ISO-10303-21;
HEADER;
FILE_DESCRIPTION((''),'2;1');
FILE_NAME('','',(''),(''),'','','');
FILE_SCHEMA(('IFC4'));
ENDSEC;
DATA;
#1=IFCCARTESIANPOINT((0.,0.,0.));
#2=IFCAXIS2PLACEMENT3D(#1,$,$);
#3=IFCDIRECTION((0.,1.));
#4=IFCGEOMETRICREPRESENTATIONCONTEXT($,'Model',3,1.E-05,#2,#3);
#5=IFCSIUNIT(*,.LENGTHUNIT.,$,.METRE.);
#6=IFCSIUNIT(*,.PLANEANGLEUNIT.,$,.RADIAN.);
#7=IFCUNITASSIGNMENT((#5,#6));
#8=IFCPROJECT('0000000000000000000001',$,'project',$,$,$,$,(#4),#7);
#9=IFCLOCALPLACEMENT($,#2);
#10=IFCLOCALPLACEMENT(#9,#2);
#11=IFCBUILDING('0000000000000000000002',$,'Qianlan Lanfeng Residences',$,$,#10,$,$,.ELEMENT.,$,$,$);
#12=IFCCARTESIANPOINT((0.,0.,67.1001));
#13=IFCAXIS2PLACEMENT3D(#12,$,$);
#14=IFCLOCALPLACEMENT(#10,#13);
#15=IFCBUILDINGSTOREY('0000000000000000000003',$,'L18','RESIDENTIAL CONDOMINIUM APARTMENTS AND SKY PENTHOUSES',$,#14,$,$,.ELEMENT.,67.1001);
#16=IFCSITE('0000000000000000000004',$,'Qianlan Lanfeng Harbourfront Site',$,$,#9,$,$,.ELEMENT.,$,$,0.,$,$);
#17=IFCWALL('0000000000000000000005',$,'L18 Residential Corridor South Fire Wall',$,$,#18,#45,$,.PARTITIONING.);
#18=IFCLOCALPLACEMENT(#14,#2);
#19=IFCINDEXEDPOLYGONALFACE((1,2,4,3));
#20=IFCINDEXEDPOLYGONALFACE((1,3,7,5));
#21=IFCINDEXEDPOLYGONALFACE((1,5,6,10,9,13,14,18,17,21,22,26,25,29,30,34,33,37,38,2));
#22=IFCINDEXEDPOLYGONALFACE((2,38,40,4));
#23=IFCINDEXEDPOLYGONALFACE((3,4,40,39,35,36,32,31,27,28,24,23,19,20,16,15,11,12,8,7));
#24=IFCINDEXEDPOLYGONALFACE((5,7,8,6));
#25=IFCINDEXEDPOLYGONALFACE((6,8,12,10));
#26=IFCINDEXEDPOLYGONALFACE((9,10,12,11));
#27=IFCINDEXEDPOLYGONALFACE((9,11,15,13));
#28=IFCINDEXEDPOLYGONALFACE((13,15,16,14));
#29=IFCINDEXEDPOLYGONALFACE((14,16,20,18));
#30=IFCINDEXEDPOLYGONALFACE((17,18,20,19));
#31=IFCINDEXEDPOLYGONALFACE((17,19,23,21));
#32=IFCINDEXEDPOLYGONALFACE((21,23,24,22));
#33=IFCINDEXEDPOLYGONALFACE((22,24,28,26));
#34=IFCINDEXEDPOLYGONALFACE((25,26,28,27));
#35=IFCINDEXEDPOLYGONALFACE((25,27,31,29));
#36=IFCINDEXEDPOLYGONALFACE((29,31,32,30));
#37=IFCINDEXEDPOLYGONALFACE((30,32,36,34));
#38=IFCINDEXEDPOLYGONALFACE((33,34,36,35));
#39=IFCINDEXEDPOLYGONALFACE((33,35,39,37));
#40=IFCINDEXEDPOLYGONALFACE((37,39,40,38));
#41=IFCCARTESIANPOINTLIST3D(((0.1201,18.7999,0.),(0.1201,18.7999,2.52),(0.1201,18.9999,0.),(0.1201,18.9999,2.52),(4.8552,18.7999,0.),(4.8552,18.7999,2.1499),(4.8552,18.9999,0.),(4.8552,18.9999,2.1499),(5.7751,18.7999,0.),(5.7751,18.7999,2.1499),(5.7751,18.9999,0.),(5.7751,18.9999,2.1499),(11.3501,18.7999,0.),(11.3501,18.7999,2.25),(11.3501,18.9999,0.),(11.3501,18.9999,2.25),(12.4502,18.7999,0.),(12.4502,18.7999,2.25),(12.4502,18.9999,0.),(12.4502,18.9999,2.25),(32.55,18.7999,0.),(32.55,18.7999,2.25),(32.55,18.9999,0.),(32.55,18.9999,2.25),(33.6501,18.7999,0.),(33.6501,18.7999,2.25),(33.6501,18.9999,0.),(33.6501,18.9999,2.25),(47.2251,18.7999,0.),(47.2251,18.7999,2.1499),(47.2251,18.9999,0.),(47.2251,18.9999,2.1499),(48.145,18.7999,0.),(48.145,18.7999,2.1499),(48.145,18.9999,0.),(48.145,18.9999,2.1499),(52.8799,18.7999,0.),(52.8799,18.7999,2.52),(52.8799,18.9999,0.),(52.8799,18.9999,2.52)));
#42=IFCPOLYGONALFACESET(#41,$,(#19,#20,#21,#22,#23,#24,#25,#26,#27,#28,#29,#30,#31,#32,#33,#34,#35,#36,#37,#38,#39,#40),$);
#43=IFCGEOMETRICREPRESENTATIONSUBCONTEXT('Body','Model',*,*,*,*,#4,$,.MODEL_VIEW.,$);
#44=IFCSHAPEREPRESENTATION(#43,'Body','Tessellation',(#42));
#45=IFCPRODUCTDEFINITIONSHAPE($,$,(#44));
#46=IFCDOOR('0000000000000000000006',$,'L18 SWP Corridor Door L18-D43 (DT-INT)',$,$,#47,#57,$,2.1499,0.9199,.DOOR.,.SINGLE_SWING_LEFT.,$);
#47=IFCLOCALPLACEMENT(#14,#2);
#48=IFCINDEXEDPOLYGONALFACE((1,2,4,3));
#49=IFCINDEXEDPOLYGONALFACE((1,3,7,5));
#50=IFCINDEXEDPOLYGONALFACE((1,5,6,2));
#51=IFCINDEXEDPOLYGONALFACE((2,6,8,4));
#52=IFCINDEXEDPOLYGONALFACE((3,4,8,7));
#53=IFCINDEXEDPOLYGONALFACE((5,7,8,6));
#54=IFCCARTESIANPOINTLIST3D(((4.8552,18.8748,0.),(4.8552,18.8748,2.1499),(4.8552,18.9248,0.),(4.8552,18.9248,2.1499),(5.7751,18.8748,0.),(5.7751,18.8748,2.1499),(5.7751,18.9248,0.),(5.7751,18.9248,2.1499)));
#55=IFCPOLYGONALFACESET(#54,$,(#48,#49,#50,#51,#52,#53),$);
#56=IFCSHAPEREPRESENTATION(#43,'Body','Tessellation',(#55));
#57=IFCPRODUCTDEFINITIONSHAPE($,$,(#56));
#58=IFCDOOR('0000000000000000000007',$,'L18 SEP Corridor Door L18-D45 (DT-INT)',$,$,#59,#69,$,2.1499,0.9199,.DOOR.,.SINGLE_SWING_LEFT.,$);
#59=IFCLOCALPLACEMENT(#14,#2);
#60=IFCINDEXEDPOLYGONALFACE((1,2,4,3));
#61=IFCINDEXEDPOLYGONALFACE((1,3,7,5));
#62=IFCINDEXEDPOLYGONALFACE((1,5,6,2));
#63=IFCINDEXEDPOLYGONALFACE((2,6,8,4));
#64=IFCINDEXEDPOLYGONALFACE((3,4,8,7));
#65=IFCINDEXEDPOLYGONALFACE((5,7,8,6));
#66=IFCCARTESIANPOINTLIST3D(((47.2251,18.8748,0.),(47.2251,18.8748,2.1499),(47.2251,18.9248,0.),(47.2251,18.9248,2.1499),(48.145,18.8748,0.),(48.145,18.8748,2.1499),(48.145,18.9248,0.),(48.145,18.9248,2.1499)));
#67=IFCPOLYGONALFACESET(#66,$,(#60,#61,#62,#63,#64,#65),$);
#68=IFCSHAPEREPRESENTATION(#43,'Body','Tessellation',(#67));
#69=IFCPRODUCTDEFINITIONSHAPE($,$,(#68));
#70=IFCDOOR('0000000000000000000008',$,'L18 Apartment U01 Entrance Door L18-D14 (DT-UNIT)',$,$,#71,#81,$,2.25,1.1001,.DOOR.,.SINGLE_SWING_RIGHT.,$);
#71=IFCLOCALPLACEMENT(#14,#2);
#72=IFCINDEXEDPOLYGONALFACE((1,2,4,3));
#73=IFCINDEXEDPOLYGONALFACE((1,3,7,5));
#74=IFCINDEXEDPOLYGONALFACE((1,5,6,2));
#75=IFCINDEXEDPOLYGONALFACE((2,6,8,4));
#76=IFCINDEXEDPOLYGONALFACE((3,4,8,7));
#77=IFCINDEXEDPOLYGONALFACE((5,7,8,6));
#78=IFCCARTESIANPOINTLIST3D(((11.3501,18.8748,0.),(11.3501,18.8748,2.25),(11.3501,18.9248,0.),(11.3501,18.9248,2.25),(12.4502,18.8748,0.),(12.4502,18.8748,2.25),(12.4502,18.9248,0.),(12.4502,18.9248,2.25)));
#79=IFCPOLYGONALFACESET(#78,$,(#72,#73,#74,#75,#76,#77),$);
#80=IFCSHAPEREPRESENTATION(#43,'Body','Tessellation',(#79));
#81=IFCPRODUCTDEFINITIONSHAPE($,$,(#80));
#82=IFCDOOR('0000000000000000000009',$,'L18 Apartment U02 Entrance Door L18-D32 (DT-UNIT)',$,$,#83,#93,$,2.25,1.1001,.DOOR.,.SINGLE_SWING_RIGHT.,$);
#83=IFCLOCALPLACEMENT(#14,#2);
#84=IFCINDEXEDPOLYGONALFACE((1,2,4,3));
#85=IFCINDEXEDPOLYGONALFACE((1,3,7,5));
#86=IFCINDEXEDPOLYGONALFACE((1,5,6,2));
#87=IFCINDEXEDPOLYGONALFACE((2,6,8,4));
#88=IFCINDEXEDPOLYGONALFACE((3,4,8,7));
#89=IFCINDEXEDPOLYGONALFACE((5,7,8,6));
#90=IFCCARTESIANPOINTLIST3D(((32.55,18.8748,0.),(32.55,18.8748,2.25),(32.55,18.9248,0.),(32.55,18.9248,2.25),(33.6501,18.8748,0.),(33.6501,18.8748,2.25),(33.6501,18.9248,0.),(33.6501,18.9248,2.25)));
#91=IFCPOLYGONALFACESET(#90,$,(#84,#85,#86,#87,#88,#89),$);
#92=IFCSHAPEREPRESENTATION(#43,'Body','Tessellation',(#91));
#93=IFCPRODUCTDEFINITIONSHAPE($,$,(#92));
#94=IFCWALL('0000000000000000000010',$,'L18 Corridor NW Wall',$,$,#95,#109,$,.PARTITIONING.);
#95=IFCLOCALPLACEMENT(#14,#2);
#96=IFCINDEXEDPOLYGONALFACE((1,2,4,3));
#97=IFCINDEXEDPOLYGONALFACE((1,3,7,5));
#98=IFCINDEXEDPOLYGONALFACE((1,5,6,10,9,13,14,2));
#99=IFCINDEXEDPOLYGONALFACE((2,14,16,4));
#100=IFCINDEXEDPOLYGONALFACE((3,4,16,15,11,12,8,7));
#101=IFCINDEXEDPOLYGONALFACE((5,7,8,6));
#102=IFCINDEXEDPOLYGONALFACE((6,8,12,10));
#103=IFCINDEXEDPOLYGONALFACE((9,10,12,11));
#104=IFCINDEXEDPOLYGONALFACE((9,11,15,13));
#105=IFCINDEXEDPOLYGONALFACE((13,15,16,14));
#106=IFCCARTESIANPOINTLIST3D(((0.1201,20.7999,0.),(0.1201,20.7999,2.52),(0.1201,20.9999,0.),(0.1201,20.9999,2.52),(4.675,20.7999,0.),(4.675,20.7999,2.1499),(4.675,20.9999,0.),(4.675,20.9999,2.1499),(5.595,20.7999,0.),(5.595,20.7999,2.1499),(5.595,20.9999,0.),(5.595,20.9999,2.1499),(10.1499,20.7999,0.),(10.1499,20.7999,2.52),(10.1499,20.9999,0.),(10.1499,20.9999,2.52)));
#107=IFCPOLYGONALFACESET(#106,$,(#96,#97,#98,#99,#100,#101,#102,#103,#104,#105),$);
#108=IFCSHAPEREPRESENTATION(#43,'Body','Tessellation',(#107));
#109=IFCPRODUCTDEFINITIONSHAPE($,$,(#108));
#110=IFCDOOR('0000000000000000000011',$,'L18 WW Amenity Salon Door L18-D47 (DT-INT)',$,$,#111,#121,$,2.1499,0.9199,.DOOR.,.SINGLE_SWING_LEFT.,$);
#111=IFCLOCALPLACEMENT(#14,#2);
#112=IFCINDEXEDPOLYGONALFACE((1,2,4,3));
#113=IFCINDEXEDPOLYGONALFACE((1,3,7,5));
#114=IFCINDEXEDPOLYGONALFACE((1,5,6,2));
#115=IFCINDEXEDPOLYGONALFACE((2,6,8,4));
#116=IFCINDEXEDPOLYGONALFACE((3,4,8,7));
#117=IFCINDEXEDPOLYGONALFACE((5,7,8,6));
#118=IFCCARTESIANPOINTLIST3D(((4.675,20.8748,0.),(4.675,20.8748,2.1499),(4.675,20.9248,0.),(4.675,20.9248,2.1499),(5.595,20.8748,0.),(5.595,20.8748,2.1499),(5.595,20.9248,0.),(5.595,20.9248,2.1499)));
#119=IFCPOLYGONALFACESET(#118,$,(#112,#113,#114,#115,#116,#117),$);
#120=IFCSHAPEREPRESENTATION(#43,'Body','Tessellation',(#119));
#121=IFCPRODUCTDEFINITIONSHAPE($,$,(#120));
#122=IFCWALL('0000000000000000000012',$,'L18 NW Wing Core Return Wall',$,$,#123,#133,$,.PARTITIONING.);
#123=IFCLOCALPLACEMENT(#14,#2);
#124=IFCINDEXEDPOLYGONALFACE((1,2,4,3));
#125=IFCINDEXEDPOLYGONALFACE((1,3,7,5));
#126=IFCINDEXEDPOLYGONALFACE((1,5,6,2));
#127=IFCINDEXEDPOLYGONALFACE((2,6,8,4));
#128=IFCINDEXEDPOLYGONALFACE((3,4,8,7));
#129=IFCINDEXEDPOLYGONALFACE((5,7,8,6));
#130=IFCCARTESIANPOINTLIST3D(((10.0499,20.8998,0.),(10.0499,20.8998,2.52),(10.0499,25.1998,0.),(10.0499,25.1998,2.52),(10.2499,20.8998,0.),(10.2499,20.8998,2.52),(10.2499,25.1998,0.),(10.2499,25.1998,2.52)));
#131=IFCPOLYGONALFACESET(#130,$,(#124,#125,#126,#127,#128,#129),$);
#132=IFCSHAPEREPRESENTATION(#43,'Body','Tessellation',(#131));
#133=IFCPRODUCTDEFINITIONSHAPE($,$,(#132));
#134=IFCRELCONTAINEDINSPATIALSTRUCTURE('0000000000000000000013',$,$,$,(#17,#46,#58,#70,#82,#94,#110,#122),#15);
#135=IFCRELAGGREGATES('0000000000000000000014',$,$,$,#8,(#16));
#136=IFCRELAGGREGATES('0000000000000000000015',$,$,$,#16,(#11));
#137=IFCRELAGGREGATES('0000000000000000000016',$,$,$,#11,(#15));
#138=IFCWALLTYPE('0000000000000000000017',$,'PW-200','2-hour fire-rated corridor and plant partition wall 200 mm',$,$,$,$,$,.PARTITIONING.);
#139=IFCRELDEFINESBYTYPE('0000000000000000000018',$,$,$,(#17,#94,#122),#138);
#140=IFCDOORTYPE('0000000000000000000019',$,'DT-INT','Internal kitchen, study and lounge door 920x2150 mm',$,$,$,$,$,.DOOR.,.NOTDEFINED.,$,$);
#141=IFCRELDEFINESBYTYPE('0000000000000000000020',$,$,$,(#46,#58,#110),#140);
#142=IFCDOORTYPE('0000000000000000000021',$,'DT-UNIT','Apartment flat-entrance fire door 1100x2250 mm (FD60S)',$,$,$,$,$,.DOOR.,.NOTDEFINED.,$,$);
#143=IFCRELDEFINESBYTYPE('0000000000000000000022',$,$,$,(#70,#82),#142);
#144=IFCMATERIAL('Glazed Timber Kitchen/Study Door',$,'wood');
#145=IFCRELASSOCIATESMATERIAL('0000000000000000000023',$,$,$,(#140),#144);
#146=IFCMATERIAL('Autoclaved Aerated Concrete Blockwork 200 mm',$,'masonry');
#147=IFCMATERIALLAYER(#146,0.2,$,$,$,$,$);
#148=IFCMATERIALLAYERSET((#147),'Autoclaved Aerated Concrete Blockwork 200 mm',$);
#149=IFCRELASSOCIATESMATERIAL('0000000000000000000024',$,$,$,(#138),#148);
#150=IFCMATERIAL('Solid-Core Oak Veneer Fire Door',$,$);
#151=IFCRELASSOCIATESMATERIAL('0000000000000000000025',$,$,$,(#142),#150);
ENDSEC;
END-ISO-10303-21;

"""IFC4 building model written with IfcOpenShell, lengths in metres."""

from ifc_helpers import new_model, si_unit, direction, frame, frame_2d, origin, place, context, subcontext, project, spatial, rectangle, extrude, material, layer, layer_set, type_object, element, fill, save


model = new_model("IFC4")

# Units and contexts
model_context = context("Model", 3, precision=1e-05, world=origin(), true_north=direction((0.0, 1.0)))
body_context = subcontext(model_context, "Body", "Model", "MODEL_VIEW")
ifc_project = project(units=[si_unit("LENGTHUNIT", "METRE"), si_unit("PLANEANGLEUNIT", "RADIAN")], contexts=[model_context])

# Site, building, storey
site_placement = place(None, origin())
site = spatial("IfcSite", under=ifc_project, at=site_placement, Name="Qianlan Lanfeng Harbourfront Site", CompositionType="ELEMENT", RefElevation=0.0)
building_placement = place(site_placement, origin())
building = spatial("IfcBuilding", under=site, at=building_placement, Name="Qianlan Lanfeng Residences", CompositionType="ELEMENT")
storey_placement = place(building_placement, frame((0.0, 0.0, 67.1001)))
storey = spatial("IfcBuildingStorey", under=building, at=storey_placement, Name="L18", Description="RESIDENTIAL CONDOMINIUM APARTMENTS AND SKY PENTHOUSES", CompositionType="ELEMENT", Elevation=67.1001)

# Shared definitions
ifc_material_1 = material(Name="Glazed Timber Kitchen/Study Door", Category="wood")
door_type_1 = type_object("IfcDoorType", Name="DT-INT", Description="Internal kitchen, study and lounge door 920x2150 mm", OperationType="NOTDEFINED", PredefinedType="DOOR", material=ifc_material_1)

# Wall, openings, doors
ifc_material_2 = material(Name="Autoclaved Aerated Concrete Blockwork 200 mm", Category="masonry")
ifc_layer_1 = layer(ifc_material_2, 0.2)
ifc_layer_set_1 = layer_set([ifc_layer_1], Name="Autoclaved Aerated Concrete Blockwork 200 mm")
wall_type_1 = type_object("IfcWallType", Name="PW-200", Description="2-hour fire-rated corridor and plant partition wall 200 mm", PredefinedType="PARTITIONING", material=ifc_layer_set_1)
wall_1_placement = place(storey_placement, frame((0.1201, 18.8999, 0.0), z_axis=(0.0, 0.0, 1.0), x_axis=(1.0, 0.0, 0.0)))
wall_1 = element("IfcWall", 1, at=wall_1_placement, inside=storey, type_object=wall_type_1, Name="L18 Residential Corridor South Fire Wall", PredefinedType="PARTITIONING", context=body_context, shape_type="SweptSolid", body=[
    extrude(rectangle(XDim=52.7598, YDim=0.2, at=frame_2d((26.3799, 0.0))), origin(), (0.0, 0.0, 1.0), 2.52),
])
opening_1_placement = place(wall_1_placement, frame((11.23, 0.0, 0.0)))
opening_1 = element("IfcOpeningElement", 2, at=opening_1_placement, cuts=wall_1, PredefinedType="OPENING", context=body_context, shape_type="SweptSolid", body=[
    extrude(rectangle(XDim=1.1001, YDim=2.25, at=frame_2d((0.55, 1.125))), frame((0.0, 0.1099, 0.0), z_axis=(0.0, -1.0, 0.0), x_axis=(1.0, 0.0, 0.0)), (0.0, 0.0, 1.0), 0.22),
])
opening_2_placement = place(wall_1_placement, frame((32.4299, 0.0, 0.0)))
opening_2 = element("IfcOpeningElement", 3, at=opening_2_placement, cuts=wall_1, PredefinedType="OPENING", context=body_context, shape_type="SweptSolid", body=[
    extrude(rectangle(XDim=1.1001, YDim=2.25, at=frame_2d((0.55, 1.125))), frame((0.0, 0.1099, 0.0), z_axis=(0.0, -1.0, 0.0), x_axis=(1.0, 0.0, 0.0)), (0.0, 0.0, 1.0), 0.22),
])
opening_3_placement = place(wall_1_placement, frame((4.7351, 0.0, 0.0)))
opening_3 = element("IfcOpeningElement", 4, at=opening_3_placement, cuts=wall_1, PredefinedType="OPENING", context=body_context, shape_type="SweptSolid", body=[
    extrude(rectangle(XDim=0.9199, YDim=2.1499, at=frame_2d((0.46, 1.075))), frame((0.0, 0.1099, 0.0), z_axis=(0.0, -1.0, 0.0), x_axis=(1.0, 0.0, 0.0)), (0.0, 0.0, 1.0), 0.22),
])
opening_4_placement = place(wall_1_placement, frame((47.105, 0.0, 0.0)))
opening_4 = element("IfcOpeningElement", 5, at=opening_4_placement, cuts=wall_1, PredefinedType="OPENING", context=body_context, shape_type="SweptSolid", body=[
    extrude(rectangle(XDim=0.9199, YDim=2.1499, at=frame_2d((0.46, 1.075))), frame((0.0, 0.1099, 0.0), z_axis=(0.0, -1.0, 0.0), x_axis=(1.0, 0.0, 0.0)), (0.0, 0.0, 1.0), 0.22),
])
door_1_placement = place(opening_3_placement, origin())
door_1 = element("IfcDoor", 6, at=door_1_placement, inside=storey, type_object=door_type_1, Name="L18 SWP Corridor Door L18-D43 (DT-INT)", OperationType="SINGLE_SWING_LEFT", OverallHeight=2.1499, OverallWidth=0.9199, PredefinedType="DOOR", context=body_context, shape_type="SweptSolid", body=[
    extrude(rectangle(XDim=0.9199, YDim=2.1499, at=frame_2d((0.46, 1.075))), frame((0.0, 0.0249, 0.0), z_axis=(0.0, -1.0, 0.0), x_axis=(1.0, 0.0, 0.0)), (0.0, 0.0, 1.0), 0.05),
])
fill(opening_3, door_1)
door_2_placement = place(opening_4_placement, origin())
door_2 = element("IfcDoor", 7, at=door_2_placement, inside=storey, type_object=door_type_1, Name="L18 SEP Corridor Door L18-D45 (DT-INT)", OperationType="SINGLE_SWING_LEFT", OverallHeight=2.1499, OverallWidth=0.9199, PredefinedType="DOOR", context=body_context, shape_type="SweptSolid", body=[
    extrude(rectangle(XDim=0.9199, YDim=2.1499, at=frame_2d((0.46, 1.075))), frame((0.0, 0.0249, 0.0), z_axis=(0.0, -1.0, 0.0), x_axis=(1.0, 0.0, 0.0)), (0.0, 0.0, 1.0), 0.05),
])
fill(opening_4, door_2)
ifc_material_3 = material(Name="Solid-Core Oak Veneer Fire Door")
door_type_2 = type_object("IfcDoorType", Name="DT-UNIT", Description="Apartment flat-entrance fire door 1100x2250 mm (FD60S)", OperationType="NOTDEFINED", PredefinedType="DOOR", material=ifc_material_3)
door_3_placement = place(opening_1_placement, origin())
door_3 = element("IfcDoor", 8, at=door_3_placement, inside=storey, type_object=door_type_2, Name="L18 Apartment U01 Entrance Door L18-D14 (DT-UNIT)", OperationType="SINGLE_SWING_RIGHT", OverallHeight=2.25, OverallWidth=1.1001, PredefinedType="DOOR", context=body_context, shape_type="SweptSolid", body=[
    extrude(rectangle(XDim=1.1001, YDim=2.25, at=frame_2d((0.55, 1.125))), frame((0.0, 0.0249, 0.0), z_axis=(0.0, -1.0, 0.0), x_axis=(1.0, 0.0, 0.0)), (0.0, 0.0, 1.0), 0.05),
])
fill(opening_1, door_3)
door_4_placement = place(opening_2_placement, origin())
door_4 = element("IfcDoor", 9, at=door_4_placement, inside=storey, type_object=door_type_2, Name="L18 Apartment U02 Entrance Door L18-D32 (DT-UNIT)", OperationType="SINGLE_SWING_RIGHT", OverallHeight=2.25, OverallWidth=1.1001, PredefinedType="DOOR", context=body_context, shape_type="SweptSolid", body=[
    extrude(rectangle(XDim=1.1001, YDim=2.25, at=frame_2d((0.55, 1.125))), frame((0.0, 0.0249, 0.0), z_axis=(0.0, -1.0, 0.0), x_axis=(1.0, 0.0, 0.0)), (0.0, 0.0, 1.0), 0.05),
])
fill(opening_2, door_4)

# Wall, opening, door
wall_2_placement = place(storey_placement, frame((0.1201, 20.8999, 0.0), z_axis=(0.0, 0.0, 1.0), x_axis=(1.0, 0.0, 0.0)))
wall_2 = element("IfcWall", 10, at=wall_2_placement, inside=storey, type_object=wall_type_1, Name="L18 Corridor NW Wall", PredefinedType="PARTITIONING", context=body_context, shape_type="SweptSolid", body=[
    extrude(rectangle(XDim=10.0298, YDim=0.2, at=frame_2d((5.0149, 0.0))), origin(), (0.0, 0.0, 1.0), 2.52),
])
opening_5_placement = place(wall_2_placement, frame((4.5549, 0.0, 0.0)))
opening_5 = element("IfcOpeningElement", 11, at=opening_5_placement, cuts=wall_2, PredefinedType="OPENING", context=body_context, shape_type="SweptSolid", body=[
    extrude(rectangle(XDim=0.9199, YDim=2.1499, at=frame_2d((0.46, 1.075))), frame((0.0, 0.1099, 0.0), z_axis=(0.0, -1.0, 0.0), x_axis=(1.0, 0.0, 0.0)), (0.0, 0.0, 1.0), 0.22),
])
door_5_placement = place(opening_5_placement, origin())
door_5 = element("IfcDoor", 12, at=door_5_placement, inside=storey, type_object=door_type_1, Name="L18 WW Amenity Salon Door L18-D47 (DT-INT)", OperationType="SINGLE_SWING_LEFT", OverallHeight=2.1499, OverallWidth=0.9199, PredefinedType="DOOR", context=body_context, shape_type="SweptSolid", body=[
    extrude(rectangle(XDim=0.9199, YDim=2.1499, at=frame_2d((0.46, 1.075))), frame((0.0, 0.0249, 0.0), z_axis=(0.0, -1.0, 0.0), x_axis=(1.0, 0.0, 0.0)), (0.0, 0.0, 1.0), 0.05),
])
fill(opening_5, door_5)

# Wall
wall_3_placement = place(storey_placement, frame((10.1499, 20.8999, 0.0), z_axis=(0.0, 0.0, 1.0), x_axis=(0.0, 1.0, 0.0)))
element("IfcWall", 13, at=wall_3_placement, inside=storey, type_object=wall_type_1, Name="L18 NW Wing Core Return Wall", PredefinedType="PARTITIONING", context=body_context, shape_type="SweptSolid", body=[
    extrude(rectangle(XDim=4.3, YDim=0.2, at=frame_2d((2.1499, 0.0))), origin(), (0.0, 0.0, 1.0), 2.52),
])

save(model, "model.ifc")
